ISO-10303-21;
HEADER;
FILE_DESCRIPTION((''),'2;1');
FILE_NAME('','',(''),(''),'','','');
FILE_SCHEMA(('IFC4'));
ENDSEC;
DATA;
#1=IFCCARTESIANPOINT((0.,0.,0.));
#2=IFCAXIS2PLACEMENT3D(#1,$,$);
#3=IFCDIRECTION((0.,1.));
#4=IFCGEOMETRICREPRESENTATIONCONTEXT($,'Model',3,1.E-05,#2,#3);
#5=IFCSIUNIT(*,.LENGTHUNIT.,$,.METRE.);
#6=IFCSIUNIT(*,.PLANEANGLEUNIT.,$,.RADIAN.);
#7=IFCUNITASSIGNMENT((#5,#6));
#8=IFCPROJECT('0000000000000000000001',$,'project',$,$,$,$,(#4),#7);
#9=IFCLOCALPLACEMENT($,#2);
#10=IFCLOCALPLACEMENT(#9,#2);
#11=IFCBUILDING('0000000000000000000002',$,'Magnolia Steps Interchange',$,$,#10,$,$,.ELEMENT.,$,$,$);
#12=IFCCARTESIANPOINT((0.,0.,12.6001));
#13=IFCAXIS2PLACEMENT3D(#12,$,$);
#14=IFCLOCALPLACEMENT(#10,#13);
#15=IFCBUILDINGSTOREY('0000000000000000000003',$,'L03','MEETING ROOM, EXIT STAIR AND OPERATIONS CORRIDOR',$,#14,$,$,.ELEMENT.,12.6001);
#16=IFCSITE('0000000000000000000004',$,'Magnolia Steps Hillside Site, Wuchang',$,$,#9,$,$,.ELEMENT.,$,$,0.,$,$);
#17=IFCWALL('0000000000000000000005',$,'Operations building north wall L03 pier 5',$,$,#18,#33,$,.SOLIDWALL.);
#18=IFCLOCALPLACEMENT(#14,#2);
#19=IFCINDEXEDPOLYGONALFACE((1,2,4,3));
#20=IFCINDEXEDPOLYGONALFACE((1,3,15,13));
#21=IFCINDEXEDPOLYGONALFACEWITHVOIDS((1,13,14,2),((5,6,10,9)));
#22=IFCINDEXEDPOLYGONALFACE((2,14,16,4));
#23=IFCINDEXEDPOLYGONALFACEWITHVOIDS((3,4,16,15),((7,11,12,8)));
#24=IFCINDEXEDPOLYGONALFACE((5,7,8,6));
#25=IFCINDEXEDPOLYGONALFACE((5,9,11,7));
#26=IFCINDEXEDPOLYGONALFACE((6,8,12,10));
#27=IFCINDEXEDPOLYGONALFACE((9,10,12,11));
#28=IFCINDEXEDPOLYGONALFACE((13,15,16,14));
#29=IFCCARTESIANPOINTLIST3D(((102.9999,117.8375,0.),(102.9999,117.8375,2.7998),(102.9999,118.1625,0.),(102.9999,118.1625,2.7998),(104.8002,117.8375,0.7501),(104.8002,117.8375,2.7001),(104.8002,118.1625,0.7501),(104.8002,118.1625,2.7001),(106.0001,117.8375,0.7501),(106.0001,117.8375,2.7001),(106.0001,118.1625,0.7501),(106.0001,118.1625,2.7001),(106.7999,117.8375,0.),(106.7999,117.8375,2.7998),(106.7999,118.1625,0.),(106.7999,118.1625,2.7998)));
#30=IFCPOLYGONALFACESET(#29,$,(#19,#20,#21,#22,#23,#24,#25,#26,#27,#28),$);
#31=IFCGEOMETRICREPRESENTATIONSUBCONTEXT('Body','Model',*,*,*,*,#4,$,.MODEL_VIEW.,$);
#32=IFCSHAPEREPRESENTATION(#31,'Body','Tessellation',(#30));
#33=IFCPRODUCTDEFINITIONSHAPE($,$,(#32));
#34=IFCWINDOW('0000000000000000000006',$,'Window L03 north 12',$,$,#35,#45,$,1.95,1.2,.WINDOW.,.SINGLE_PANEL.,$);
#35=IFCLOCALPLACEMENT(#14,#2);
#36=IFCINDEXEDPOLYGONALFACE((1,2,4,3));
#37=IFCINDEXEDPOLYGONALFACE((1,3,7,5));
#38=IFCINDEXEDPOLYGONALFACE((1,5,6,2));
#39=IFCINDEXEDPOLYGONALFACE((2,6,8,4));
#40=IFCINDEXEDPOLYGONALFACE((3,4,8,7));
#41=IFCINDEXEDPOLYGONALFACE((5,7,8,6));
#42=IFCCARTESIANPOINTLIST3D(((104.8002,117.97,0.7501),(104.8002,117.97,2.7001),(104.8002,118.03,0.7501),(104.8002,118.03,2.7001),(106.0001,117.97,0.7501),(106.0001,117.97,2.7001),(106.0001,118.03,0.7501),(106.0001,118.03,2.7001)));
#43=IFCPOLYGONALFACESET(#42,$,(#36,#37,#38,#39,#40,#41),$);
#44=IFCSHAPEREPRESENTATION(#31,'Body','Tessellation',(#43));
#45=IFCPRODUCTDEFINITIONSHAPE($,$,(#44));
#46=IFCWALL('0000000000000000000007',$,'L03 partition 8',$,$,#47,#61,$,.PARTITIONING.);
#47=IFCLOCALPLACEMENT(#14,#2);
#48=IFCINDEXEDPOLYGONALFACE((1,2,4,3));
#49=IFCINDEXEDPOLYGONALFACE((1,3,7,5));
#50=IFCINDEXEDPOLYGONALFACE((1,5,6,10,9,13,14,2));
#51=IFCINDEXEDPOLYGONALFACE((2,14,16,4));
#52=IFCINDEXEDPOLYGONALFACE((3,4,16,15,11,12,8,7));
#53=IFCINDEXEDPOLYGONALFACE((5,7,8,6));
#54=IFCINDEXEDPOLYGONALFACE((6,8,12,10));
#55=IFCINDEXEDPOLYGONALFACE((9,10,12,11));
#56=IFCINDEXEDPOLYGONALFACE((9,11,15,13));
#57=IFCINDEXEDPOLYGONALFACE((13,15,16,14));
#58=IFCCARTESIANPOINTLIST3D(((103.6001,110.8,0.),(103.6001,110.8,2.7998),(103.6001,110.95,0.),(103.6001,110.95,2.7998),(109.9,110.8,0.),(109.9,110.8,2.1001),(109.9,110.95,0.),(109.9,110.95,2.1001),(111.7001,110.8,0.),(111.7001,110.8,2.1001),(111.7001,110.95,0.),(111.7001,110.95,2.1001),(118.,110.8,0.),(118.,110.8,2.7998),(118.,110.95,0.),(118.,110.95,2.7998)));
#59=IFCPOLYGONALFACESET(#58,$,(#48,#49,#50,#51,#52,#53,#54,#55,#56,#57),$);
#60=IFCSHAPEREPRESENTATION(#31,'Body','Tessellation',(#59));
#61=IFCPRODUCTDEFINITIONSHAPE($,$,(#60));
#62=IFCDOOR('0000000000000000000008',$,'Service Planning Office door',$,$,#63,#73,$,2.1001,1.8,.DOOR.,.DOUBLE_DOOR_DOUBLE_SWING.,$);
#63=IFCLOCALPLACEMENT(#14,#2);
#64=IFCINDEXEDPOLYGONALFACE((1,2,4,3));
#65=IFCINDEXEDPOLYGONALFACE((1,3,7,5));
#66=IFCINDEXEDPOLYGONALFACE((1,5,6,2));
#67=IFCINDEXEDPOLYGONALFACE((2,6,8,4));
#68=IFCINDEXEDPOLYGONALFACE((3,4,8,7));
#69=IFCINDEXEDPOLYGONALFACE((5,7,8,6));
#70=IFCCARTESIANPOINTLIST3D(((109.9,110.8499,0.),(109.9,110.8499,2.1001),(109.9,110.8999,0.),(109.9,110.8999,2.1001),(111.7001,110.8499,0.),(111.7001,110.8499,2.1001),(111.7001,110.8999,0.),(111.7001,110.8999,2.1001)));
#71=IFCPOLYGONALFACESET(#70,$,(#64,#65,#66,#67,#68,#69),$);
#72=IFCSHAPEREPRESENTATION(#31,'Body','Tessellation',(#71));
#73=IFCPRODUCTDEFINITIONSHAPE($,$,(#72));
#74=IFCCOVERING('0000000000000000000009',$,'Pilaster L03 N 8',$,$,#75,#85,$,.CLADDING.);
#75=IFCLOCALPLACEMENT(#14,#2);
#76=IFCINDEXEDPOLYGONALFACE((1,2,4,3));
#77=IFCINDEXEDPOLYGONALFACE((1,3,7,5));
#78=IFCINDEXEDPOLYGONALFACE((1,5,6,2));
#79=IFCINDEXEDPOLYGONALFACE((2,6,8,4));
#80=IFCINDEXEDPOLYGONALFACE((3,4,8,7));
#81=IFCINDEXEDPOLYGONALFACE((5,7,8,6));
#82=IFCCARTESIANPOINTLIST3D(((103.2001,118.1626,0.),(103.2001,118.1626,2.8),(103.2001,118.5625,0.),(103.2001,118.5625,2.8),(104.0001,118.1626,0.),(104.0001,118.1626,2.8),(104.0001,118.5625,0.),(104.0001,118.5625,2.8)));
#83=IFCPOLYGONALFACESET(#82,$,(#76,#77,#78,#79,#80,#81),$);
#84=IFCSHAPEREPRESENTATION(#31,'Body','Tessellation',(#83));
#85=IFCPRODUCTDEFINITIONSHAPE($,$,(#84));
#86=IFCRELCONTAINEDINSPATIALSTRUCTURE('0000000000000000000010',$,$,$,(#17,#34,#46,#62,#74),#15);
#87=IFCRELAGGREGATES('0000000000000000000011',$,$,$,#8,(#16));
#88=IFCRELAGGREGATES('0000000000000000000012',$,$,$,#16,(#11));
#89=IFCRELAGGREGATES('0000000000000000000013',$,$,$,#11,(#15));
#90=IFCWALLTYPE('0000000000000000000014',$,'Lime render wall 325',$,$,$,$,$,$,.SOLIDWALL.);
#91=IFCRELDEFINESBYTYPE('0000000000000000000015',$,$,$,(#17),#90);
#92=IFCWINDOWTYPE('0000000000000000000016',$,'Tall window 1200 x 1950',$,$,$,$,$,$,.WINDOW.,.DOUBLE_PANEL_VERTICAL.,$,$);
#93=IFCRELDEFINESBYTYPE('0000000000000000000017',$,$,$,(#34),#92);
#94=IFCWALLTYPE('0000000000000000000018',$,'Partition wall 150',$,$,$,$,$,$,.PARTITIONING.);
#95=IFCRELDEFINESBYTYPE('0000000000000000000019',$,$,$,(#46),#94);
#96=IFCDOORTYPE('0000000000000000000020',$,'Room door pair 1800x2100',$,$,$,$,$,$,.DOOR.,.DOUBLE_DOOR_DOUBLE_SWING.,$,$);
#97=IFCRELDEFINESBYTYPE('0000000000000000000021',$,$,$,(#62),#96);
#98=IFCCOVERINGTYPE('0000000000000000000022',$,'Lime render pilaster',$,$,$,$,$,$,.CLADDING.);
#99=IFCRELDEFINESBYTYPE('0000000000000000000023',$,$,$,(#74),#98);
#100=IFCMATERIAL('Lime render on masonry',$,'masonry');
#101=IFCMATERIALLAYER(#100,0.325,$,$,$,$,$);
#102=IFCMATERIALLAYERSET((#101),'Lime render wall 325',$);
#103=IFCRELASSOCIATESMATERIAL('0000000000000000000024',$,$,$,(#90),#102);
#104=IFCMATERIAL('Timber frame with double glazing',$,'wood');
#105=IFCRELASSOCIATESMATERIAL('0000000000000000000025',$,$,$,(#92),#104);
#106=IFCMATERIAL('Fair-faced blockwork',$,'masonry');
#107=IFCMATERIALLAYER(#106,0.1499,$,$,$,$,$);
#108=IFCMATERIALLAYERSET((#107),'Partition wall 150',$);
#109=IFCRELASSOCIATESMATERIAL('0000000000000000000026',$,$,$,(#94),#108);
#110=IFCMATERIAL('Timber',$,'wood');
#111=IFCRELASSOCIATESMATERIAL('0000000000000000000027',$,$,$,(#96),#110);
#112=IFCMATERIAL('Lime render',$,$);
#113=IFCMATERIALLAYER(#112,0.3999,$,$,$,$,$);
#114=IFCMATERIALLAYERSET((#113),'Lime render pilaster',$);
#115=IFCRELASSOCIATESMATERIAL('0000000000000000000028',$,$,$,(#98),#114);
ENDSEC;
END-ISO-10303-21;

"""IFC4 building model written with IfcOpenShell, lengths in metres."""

from ifc_helpers import new_model, si_unit, direction, frame, frame_2d, origin, origin_2d, place, context, subcontext, project, spatial, rectangle, extrude, material, layer, layer_set, type_object, element, fill, save


model = new_model("IFC4")

# Units and contexts
model_context = context("Model", 3, precision=1e-05, world=origin(), true_north=direction((0.0, 1.0)))
body_context = subcontext(model_context, "Body", "Model", "MODEL_VIEW")
ifc_project = project(units=[si_unit("LENGTHUNIT", "METRE"), si_unit("PLANEANGLEUNIT", "RADIAN")], contexts=[model_context])

# Site, building, storey
site_placement = place(None, origin())
site = spatial("IfcSite", under=ifc_project, at=site_placement, Name="Magnolia Steps Hillside Site, Wuchang", CompositionType="ELEMENT", RefElevation=0.0)
building_placement = place(site_placement, origin())
building = spatial("IfcBuilding", under=site, at=building_placement, Name="Magnolia Steps Interchange", CompositionType="ELEMENT")
storey_placement = place(building_placement, frame((0.0, 0.0, 12.6001)))
storey = spatial("IfcBuildingStorey", under=building, at=storey_placement, Name="L03", Description="MEETING ROOM, EXIT STAIR AND OPERATIONS CORRIDOR", CompositionType="ELEMENT", Elevation=12.6001)

# Wall, opening, window
ifc_material_1 = material(Name="Lime render on masonry", Category="masonry")
ifc_layer_1 = layer(ifc_material_1, 0.325)
ifc_layer_set_1 = layer_set([ifc_layer_1], Name="Lime render wall 325")
wall_type_1 = type_object("IfcWallType", Name="Lime render wall 325", PredefinedType="SOLIDWALL", material=ifc_layer_set_1)
wall_1_placement = place(storey_placement, frame((103.0, 118.0, 0.0), z_axis=(0.0, 0.0, 1.0), x_axis=(1.0, 0.0, 0.0)))
wall_1 = element("IfcWall", 1, at=wall_1_placement, inside=storey, type_object=wall_type_1, Name="Operations building north wall L03 pier 5", PredefinedType="SOLIDWALL", context=body_context, shape_type="SweptSolid", body=[
    extrude(rectangle(XDim=3.8, YDim=0.325, at=frame_2d((1.8999, 0.0))), origin(), (0.0, 0.0, 1.0), 2.7998),
])
opening_1_placement = place(wall_1_placement, frame((1.8, 0.0, 0.75)))
opening_1 = element("IfcOpeningElement", 2, at=opening_1_placement, cuts=wall_1, PredefinedType="OPENING", context=body_context, shape_type="SweptSolid", body=[
    extrude(rectangle(XDim=1.2, YDim=1.95, at=frame_2d((0.6001, 0.9751))), frame((0.0, 0.1724, 0.0), z_axis=(0.0, -1.0, 0.0), x_axis=(1.0, 0.0, 0.0)), (0.0, 0.0, 1.0), 0.345),
])
ifc_material_2 = material(Name="Timber frame with double glazing", Category="wood")
window_type = type_object("IfcWindowType", Name="Tall window 1200 x 1950", PartitioningType="DOUBLE_PANEL_VERTICAL", PredefinedType="WINDOW", material=ifc_material_2)
window_placement = place(opening_1_placement, origin())
window = element("IfcWindow", 3, at=window_placement, inside=storey, type_object=window_type, Name="Window L03 north 12", OverallHeight=1.95, OverallWidth=1.2, PartitioningType="SINGLE_PANEL", PredefinedType="WINDOW", context=body_context, shape_type="SweptSolid", body=[
    extrude(rectangle(XDim=1.2, YDim=1.95, at=frame_2d((0.6001, 0.9751))), frame((0.0, 0.03, 0.0), z_axis=(0.0, -1.0, 0.0), x_axis=(1.0, 0.0, 0.0)), (0.0, 0.0, 1.0), 0.0601),
])
fill(opening_1, window)

# Wall, opening, door
ifc_material_3 = material(Name="Fair-faced blockwork", Category="masonry")
ifc_layer_2 = layer(ifc_material_3, 0.1499)
ifc_layer_set_2 = layer_set([ifc_layer_2], Name="Partition wall 150")
wall_type_2 = type_object("IfcWallType", Name="Partition wall 150", PredefinedType="PARTITIONING", material=ifc_layer_set_2)
wall_2_placement = place(storey_placement, frame((103.6001, 110.875, 0.0), z_axis=(0.0, 0.0, 1.0), x_axis=(1.0, 0.0, 0.0)))
wall_2 = element("IfcWall", 4, at=wall_2_placement, inside=storey, type_object=wall_type_2, Name="L03 partition 8", PredefinedType="PARTITIONING", context=body_context, shape_type="SweptSolid", body=[
    extrude(rectangle(XDim=14.3999, YDim=0.1499, at=frame_2d((7.2, 0.0))), origin(), (0.0, 0.0, 1.0), 2.7998),
])
opening_2_placement = place(wall_2_placement, frame((6.3, 0.0, 0.0)))
opening_2 = element("IfcOpeningElement", 5, at=opening_2_placement, cuts=wall_2, PredefinedType="OPENING", context=body_context, shape_type="SweptSolid", body=[
    extrude(rectangle(XDim=1.8, YDim=2.1001, at=frame_2d((0.8999, 1.05))), frame((0.0, 0.085, 0.0), z_axis=(0.0, -1.0, 0.0), x_axis=(1.0, 0.0, 0.0)), (0.0, 0.0, 1.0), 0.1699),
])
ifc_material_4 = material(Name="Timber", Category="wood")
door_type = type_object("IfcDoorType", Name="Room door pair 1800x2100", OperationType="DOUBLE_DOOR_DOUBLE_SWING", PredefinedType="DOOR", material=ifc_material_4)
door_placement = place(opening_2_placement, origin())
door = element("IfcDoor", 6, at=door_placement, inside=storey, type_object=door_type, Name="Service Planning Office door", OperationType="DOUBLE_DOOR_DOUBLE_SWING", OverallHeight=2.1001, OverallWidth=1.8, PredefinedType="DOOR", context=body_context, shape_type="SweptSolid", body=[
    extrude(rectangle(XDim=1.8, YDim=2.1001, at=frame_2d((0.8999, 1.05))), frame((0.0, 0.0249, 0.0), z_axis=(0.0, -1.0, 0.0), x_axis=(1.0, 0.0, 0.0)), (0.0, 0.0, 1.0), 0.05),
])
fill(opening_2, door)

# Covering
ifc_material_5 = material(Name="Lime render")
ifc_layer_3 = layer(ifc_material_5, 0.3999)
ifc_layer_set_3 = layer_set([ifc_layer_3], Name="Lime render pilaster")
covering_type = type_object("IfcCoveringType", Name="Lime render pilaster", PredefinedType="CLADDING", material=ifc_layer_set_3)
covering_placement = place(storey_placement, frame((103.6001, 118.3625, 0.0), z_axis=(0.0, 0.0, 1.0), x_axis=(1.0, 0.0, 0.0)))
element("IfcCovering", 7, at=covering_placement, inside=storey, type_object=covering_type, Name="Pilaster L03 N 8", PredefinedType="CLADDING", context=body_context, shape_type="SweptSolid", body=[
    extrude(rectangle(XDim=0.8, YDim=0.3999, at=origin_2d()), origin(), (0.0, 0.0, 1.0), 2.8),
])

save(model, "model.ifc")
